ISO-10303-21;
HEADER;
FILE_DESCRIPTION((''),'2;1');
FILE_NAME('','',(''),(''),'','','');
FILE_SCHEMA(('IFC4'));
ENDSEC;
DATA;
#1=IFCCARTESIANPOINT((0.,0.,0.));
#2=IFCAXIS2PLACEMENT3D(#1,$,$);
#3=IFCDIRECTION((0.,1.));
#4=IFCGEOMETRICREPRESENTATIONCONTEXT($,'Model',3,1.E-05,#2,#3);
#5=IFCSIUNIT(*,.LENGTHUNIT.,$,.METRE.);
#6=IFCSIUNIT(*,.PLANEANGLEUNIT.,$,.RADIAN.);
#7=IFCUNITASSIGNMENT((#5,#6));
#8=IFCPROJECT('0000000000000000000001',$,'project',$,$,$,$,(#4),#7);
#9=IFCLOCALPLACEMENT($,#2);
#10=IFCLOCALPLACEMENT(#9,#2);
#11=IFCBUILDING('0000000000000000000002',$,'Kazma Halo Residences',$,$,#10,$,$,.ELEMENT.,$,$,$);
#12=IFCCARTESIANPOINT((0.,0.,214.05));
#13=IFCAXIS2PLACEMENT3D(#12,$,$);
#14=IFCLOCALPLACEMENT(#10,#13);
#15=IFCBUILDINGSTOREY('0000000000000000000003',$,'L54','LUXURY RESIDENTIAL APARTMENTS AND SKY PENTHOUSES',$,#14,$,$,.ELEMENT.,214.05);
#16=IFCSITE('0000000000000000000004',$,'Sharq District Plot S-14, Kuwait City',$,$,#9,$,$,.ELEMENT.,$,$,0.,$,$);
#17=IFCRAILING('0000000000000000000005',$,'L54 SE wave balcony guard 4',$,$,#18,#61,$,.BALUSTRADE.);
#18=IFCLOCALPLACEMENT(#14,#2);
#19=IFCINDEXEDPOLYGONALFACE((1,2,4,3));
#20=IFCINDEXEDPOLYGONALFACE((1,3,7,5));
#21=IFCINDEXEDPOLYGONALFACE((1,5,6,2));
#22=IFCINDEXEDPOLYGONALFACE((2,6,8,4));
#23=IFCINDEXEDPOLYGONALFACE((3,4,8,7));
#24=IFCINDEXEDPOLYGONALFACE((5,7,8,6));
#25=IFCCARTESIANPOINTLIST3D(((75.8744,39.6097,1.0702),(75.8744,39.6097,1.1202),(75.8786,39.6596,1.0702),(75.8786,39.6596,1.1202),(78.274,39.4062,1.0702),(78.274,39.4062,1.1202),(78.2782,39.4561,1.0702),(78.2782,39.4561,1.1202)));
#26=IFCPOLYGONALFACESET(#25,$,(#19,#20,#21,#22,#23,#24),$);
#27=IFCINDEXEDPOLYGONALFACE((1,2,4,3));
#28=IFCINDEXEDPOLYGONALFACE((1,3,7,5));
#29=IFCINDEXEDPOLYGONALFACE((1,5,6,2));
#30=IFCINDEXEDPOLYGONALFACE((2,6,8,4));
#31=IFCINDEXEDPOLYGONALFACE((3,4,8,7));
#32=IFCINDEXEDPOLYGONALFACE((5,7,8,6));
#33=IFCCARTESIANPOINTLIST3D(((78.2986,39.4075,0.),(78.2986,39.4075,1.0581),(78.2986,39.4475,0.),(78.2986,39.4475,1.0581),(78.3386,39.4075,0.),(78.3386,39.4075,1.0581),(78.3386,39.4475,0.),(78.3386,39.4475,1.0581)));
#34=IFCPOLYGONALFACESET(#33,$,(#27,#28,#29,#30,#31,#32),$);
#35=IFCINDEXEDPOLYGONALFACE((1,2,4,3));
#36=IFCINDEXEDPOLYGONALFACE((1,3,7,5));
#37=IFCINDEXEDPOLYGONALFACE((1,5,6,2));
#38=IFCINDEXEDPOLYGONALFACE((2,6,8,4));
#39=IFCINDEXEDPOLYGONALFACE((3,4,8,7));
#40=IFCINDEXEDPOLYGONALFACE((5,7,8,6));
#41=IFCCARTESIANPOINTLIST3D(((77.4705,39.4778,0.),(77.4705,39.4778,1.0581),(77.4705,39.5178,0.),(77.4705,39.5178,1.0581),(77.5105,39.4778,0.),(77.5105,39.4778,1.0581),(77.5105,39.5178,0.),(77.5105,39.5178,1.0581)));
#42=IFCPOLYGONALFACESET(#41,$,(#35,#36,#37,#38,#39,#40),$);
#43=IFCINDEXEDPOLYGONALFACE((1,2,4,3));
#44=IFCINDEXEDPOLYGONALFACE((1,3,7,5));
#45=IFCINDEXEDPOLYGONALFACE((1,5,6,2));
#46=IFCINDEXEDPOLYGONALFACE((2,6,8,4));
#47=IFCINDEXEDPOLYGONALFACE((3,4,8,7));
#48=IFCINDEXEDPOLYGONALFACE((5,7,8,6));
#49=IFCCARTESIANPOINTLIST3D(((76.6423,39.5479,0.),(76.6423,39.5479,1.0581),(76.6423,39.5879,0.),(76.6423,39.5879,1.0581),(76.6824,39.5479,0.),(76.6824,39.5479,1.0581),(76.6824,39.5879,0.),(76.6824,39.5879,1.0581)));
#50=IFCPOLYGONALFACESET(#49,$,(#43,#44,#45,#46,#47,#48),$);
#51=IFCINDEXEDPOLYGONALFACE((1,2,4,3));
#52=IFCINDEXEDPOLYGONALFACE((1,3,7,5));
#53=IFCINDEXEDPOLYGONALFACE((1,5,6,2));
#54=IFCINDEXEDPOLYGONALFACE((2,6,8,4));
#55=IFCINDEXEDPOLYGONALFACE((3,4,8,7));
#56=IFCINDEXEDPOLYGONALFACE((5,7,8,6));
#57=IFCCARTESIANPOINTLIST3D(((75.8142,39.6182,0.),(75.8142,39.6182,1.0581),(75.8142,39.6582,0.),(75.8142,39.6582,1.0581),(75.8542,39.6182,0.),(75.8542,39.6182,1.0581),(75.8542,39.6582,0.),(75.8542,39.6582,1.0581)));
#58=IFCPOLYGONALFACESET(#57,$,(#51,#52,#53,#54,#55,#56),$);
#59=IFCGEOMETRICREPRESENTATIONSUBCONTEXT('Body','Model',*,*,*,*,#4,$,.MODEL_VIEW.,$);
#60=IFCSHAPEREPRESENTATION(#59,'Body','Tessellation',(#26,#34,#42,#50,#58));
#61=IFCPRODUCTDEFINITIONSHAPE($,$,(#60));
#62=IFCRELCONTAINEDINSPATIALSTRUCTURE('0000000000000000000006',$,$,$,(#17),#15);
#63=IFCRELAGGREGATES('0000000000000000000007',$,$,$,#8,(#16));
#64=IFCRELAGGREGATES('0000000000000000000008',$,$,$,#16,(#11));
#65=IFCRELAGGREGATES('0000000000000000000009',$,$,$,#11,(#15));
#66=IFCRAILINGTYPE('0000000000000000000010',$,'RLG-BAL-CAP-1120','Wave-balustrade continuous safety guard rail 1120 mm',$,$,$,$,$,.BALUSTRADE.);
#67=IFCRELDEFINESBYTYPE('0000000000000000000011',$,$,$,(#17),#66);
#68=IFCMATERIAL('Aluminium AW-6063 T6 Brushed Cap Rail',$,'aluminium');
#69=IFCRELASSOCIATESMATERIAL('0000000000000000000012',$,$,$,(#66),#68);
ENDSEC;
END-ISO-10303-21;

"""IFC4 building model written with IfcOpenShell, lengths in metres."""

from ifc_helpers import new_model, si_unit, direction, frame, origin, origin_2d, place, context, subcontext, project, spatial, rectangle, extrude, material, type_object, element, save


model = new_model("IFC4")

# Units and contexts
model_context = context("Model", 3, precision=1e-05, world=origin(), true_north=direction((0.0, 1.0)))
body_context = subcontext(model_context, "Body", "Model", "MODEL_VIEW")
ifc_project = project(units=[si_unit("LENGTHUNIT", "METRE"), si_unit("PLANEANGLEUNIT", "RADIAN")], contexts=[model_context])

# Site, building, storey
site_placement = place(None, origin())
site = spatial("IfcSite", under=ifc_project, at=site_placement, Name="Sharq District Plot S-14, Kuwait City", CompositionType="ELEMENT", RefElevation=0.0)
building_placement = place(site_placement, origin())
building = spatial("IfcBuilding", under=site, at=building_placement, Name="Kazma Halo Residences", CompositionType="ELEMENT")
storey_placement = place(building_placement, frame((0.0, 0.0, 214.05)))
storey = spatial("IfcBuildingStorey", under=building, at=storey_placement, Name="L54", Description="LUXURY RESIDENTIAL APARTMENTS AND SKY PENTHOUSES", CompositionType="ELEMENT", Elevation=214.05)

# Railing
ifc_material_1 = material(Name="Aluminium AW-6063 T6 Brushed Cap Rail", Category="aluminium")
railing_type = type_object("IfcRailingType", Name="RLG-BAL-CAP-1120", Description="Wave-balustrade continuous safety guard rail 1120 mm", PredefinedType="BALUSTRADE", material=ifc_material_1)
railing_placement = place(storey_placement, frame((78.3186, 39.4275, 0.0)))
element("IfcRailing", 1, at=railing_placement, inside=storey, type_object=railing_type, Name="L54 SE wave balcony guard 4", PredefinedType="BALUSTRADE", context=body_context, shape_type="SweptSolid", body=[
    extrude(rectangle(XDim=0.05, YDim=0.05, at=origin_2d()), frame((-0.0425, 0.0037, 1.0952), z_axis=(-0.996423, 0.084504, 0.0), x_axis=(-0.084504, -0.996423, 0.0)), (0.0, 0.0, 1.0), 2.4082),
    extrude(rectangle(XDim=0.04, YDim=0.04, at=origin_2d()), origin(), (0.0, 0.0, 1.0), 1.0581),
    extrude(rectangle(XDim=0.04, YDim=0.04, at=origin_2d()), frame((-0.8281, 0.0703, 0.0)), (0.0, 0.0, 1.0), 1.0581),
    extrude(rectangle(XDim=0.04, YDim=0.04, at=origin_2d()), frame((-1.6562, 0.1404, 0.0)), (0.0, 0.0, 1.0), 1.0581),
    extrude(rectangle(XDim=0.04, YDim=0.04, at=origin_2d()), frame((-2.4844, 0.2107, 0.0)), (0.0, 0.0, 1.0), 1.0581),
])

save(model, "model.ifc")
